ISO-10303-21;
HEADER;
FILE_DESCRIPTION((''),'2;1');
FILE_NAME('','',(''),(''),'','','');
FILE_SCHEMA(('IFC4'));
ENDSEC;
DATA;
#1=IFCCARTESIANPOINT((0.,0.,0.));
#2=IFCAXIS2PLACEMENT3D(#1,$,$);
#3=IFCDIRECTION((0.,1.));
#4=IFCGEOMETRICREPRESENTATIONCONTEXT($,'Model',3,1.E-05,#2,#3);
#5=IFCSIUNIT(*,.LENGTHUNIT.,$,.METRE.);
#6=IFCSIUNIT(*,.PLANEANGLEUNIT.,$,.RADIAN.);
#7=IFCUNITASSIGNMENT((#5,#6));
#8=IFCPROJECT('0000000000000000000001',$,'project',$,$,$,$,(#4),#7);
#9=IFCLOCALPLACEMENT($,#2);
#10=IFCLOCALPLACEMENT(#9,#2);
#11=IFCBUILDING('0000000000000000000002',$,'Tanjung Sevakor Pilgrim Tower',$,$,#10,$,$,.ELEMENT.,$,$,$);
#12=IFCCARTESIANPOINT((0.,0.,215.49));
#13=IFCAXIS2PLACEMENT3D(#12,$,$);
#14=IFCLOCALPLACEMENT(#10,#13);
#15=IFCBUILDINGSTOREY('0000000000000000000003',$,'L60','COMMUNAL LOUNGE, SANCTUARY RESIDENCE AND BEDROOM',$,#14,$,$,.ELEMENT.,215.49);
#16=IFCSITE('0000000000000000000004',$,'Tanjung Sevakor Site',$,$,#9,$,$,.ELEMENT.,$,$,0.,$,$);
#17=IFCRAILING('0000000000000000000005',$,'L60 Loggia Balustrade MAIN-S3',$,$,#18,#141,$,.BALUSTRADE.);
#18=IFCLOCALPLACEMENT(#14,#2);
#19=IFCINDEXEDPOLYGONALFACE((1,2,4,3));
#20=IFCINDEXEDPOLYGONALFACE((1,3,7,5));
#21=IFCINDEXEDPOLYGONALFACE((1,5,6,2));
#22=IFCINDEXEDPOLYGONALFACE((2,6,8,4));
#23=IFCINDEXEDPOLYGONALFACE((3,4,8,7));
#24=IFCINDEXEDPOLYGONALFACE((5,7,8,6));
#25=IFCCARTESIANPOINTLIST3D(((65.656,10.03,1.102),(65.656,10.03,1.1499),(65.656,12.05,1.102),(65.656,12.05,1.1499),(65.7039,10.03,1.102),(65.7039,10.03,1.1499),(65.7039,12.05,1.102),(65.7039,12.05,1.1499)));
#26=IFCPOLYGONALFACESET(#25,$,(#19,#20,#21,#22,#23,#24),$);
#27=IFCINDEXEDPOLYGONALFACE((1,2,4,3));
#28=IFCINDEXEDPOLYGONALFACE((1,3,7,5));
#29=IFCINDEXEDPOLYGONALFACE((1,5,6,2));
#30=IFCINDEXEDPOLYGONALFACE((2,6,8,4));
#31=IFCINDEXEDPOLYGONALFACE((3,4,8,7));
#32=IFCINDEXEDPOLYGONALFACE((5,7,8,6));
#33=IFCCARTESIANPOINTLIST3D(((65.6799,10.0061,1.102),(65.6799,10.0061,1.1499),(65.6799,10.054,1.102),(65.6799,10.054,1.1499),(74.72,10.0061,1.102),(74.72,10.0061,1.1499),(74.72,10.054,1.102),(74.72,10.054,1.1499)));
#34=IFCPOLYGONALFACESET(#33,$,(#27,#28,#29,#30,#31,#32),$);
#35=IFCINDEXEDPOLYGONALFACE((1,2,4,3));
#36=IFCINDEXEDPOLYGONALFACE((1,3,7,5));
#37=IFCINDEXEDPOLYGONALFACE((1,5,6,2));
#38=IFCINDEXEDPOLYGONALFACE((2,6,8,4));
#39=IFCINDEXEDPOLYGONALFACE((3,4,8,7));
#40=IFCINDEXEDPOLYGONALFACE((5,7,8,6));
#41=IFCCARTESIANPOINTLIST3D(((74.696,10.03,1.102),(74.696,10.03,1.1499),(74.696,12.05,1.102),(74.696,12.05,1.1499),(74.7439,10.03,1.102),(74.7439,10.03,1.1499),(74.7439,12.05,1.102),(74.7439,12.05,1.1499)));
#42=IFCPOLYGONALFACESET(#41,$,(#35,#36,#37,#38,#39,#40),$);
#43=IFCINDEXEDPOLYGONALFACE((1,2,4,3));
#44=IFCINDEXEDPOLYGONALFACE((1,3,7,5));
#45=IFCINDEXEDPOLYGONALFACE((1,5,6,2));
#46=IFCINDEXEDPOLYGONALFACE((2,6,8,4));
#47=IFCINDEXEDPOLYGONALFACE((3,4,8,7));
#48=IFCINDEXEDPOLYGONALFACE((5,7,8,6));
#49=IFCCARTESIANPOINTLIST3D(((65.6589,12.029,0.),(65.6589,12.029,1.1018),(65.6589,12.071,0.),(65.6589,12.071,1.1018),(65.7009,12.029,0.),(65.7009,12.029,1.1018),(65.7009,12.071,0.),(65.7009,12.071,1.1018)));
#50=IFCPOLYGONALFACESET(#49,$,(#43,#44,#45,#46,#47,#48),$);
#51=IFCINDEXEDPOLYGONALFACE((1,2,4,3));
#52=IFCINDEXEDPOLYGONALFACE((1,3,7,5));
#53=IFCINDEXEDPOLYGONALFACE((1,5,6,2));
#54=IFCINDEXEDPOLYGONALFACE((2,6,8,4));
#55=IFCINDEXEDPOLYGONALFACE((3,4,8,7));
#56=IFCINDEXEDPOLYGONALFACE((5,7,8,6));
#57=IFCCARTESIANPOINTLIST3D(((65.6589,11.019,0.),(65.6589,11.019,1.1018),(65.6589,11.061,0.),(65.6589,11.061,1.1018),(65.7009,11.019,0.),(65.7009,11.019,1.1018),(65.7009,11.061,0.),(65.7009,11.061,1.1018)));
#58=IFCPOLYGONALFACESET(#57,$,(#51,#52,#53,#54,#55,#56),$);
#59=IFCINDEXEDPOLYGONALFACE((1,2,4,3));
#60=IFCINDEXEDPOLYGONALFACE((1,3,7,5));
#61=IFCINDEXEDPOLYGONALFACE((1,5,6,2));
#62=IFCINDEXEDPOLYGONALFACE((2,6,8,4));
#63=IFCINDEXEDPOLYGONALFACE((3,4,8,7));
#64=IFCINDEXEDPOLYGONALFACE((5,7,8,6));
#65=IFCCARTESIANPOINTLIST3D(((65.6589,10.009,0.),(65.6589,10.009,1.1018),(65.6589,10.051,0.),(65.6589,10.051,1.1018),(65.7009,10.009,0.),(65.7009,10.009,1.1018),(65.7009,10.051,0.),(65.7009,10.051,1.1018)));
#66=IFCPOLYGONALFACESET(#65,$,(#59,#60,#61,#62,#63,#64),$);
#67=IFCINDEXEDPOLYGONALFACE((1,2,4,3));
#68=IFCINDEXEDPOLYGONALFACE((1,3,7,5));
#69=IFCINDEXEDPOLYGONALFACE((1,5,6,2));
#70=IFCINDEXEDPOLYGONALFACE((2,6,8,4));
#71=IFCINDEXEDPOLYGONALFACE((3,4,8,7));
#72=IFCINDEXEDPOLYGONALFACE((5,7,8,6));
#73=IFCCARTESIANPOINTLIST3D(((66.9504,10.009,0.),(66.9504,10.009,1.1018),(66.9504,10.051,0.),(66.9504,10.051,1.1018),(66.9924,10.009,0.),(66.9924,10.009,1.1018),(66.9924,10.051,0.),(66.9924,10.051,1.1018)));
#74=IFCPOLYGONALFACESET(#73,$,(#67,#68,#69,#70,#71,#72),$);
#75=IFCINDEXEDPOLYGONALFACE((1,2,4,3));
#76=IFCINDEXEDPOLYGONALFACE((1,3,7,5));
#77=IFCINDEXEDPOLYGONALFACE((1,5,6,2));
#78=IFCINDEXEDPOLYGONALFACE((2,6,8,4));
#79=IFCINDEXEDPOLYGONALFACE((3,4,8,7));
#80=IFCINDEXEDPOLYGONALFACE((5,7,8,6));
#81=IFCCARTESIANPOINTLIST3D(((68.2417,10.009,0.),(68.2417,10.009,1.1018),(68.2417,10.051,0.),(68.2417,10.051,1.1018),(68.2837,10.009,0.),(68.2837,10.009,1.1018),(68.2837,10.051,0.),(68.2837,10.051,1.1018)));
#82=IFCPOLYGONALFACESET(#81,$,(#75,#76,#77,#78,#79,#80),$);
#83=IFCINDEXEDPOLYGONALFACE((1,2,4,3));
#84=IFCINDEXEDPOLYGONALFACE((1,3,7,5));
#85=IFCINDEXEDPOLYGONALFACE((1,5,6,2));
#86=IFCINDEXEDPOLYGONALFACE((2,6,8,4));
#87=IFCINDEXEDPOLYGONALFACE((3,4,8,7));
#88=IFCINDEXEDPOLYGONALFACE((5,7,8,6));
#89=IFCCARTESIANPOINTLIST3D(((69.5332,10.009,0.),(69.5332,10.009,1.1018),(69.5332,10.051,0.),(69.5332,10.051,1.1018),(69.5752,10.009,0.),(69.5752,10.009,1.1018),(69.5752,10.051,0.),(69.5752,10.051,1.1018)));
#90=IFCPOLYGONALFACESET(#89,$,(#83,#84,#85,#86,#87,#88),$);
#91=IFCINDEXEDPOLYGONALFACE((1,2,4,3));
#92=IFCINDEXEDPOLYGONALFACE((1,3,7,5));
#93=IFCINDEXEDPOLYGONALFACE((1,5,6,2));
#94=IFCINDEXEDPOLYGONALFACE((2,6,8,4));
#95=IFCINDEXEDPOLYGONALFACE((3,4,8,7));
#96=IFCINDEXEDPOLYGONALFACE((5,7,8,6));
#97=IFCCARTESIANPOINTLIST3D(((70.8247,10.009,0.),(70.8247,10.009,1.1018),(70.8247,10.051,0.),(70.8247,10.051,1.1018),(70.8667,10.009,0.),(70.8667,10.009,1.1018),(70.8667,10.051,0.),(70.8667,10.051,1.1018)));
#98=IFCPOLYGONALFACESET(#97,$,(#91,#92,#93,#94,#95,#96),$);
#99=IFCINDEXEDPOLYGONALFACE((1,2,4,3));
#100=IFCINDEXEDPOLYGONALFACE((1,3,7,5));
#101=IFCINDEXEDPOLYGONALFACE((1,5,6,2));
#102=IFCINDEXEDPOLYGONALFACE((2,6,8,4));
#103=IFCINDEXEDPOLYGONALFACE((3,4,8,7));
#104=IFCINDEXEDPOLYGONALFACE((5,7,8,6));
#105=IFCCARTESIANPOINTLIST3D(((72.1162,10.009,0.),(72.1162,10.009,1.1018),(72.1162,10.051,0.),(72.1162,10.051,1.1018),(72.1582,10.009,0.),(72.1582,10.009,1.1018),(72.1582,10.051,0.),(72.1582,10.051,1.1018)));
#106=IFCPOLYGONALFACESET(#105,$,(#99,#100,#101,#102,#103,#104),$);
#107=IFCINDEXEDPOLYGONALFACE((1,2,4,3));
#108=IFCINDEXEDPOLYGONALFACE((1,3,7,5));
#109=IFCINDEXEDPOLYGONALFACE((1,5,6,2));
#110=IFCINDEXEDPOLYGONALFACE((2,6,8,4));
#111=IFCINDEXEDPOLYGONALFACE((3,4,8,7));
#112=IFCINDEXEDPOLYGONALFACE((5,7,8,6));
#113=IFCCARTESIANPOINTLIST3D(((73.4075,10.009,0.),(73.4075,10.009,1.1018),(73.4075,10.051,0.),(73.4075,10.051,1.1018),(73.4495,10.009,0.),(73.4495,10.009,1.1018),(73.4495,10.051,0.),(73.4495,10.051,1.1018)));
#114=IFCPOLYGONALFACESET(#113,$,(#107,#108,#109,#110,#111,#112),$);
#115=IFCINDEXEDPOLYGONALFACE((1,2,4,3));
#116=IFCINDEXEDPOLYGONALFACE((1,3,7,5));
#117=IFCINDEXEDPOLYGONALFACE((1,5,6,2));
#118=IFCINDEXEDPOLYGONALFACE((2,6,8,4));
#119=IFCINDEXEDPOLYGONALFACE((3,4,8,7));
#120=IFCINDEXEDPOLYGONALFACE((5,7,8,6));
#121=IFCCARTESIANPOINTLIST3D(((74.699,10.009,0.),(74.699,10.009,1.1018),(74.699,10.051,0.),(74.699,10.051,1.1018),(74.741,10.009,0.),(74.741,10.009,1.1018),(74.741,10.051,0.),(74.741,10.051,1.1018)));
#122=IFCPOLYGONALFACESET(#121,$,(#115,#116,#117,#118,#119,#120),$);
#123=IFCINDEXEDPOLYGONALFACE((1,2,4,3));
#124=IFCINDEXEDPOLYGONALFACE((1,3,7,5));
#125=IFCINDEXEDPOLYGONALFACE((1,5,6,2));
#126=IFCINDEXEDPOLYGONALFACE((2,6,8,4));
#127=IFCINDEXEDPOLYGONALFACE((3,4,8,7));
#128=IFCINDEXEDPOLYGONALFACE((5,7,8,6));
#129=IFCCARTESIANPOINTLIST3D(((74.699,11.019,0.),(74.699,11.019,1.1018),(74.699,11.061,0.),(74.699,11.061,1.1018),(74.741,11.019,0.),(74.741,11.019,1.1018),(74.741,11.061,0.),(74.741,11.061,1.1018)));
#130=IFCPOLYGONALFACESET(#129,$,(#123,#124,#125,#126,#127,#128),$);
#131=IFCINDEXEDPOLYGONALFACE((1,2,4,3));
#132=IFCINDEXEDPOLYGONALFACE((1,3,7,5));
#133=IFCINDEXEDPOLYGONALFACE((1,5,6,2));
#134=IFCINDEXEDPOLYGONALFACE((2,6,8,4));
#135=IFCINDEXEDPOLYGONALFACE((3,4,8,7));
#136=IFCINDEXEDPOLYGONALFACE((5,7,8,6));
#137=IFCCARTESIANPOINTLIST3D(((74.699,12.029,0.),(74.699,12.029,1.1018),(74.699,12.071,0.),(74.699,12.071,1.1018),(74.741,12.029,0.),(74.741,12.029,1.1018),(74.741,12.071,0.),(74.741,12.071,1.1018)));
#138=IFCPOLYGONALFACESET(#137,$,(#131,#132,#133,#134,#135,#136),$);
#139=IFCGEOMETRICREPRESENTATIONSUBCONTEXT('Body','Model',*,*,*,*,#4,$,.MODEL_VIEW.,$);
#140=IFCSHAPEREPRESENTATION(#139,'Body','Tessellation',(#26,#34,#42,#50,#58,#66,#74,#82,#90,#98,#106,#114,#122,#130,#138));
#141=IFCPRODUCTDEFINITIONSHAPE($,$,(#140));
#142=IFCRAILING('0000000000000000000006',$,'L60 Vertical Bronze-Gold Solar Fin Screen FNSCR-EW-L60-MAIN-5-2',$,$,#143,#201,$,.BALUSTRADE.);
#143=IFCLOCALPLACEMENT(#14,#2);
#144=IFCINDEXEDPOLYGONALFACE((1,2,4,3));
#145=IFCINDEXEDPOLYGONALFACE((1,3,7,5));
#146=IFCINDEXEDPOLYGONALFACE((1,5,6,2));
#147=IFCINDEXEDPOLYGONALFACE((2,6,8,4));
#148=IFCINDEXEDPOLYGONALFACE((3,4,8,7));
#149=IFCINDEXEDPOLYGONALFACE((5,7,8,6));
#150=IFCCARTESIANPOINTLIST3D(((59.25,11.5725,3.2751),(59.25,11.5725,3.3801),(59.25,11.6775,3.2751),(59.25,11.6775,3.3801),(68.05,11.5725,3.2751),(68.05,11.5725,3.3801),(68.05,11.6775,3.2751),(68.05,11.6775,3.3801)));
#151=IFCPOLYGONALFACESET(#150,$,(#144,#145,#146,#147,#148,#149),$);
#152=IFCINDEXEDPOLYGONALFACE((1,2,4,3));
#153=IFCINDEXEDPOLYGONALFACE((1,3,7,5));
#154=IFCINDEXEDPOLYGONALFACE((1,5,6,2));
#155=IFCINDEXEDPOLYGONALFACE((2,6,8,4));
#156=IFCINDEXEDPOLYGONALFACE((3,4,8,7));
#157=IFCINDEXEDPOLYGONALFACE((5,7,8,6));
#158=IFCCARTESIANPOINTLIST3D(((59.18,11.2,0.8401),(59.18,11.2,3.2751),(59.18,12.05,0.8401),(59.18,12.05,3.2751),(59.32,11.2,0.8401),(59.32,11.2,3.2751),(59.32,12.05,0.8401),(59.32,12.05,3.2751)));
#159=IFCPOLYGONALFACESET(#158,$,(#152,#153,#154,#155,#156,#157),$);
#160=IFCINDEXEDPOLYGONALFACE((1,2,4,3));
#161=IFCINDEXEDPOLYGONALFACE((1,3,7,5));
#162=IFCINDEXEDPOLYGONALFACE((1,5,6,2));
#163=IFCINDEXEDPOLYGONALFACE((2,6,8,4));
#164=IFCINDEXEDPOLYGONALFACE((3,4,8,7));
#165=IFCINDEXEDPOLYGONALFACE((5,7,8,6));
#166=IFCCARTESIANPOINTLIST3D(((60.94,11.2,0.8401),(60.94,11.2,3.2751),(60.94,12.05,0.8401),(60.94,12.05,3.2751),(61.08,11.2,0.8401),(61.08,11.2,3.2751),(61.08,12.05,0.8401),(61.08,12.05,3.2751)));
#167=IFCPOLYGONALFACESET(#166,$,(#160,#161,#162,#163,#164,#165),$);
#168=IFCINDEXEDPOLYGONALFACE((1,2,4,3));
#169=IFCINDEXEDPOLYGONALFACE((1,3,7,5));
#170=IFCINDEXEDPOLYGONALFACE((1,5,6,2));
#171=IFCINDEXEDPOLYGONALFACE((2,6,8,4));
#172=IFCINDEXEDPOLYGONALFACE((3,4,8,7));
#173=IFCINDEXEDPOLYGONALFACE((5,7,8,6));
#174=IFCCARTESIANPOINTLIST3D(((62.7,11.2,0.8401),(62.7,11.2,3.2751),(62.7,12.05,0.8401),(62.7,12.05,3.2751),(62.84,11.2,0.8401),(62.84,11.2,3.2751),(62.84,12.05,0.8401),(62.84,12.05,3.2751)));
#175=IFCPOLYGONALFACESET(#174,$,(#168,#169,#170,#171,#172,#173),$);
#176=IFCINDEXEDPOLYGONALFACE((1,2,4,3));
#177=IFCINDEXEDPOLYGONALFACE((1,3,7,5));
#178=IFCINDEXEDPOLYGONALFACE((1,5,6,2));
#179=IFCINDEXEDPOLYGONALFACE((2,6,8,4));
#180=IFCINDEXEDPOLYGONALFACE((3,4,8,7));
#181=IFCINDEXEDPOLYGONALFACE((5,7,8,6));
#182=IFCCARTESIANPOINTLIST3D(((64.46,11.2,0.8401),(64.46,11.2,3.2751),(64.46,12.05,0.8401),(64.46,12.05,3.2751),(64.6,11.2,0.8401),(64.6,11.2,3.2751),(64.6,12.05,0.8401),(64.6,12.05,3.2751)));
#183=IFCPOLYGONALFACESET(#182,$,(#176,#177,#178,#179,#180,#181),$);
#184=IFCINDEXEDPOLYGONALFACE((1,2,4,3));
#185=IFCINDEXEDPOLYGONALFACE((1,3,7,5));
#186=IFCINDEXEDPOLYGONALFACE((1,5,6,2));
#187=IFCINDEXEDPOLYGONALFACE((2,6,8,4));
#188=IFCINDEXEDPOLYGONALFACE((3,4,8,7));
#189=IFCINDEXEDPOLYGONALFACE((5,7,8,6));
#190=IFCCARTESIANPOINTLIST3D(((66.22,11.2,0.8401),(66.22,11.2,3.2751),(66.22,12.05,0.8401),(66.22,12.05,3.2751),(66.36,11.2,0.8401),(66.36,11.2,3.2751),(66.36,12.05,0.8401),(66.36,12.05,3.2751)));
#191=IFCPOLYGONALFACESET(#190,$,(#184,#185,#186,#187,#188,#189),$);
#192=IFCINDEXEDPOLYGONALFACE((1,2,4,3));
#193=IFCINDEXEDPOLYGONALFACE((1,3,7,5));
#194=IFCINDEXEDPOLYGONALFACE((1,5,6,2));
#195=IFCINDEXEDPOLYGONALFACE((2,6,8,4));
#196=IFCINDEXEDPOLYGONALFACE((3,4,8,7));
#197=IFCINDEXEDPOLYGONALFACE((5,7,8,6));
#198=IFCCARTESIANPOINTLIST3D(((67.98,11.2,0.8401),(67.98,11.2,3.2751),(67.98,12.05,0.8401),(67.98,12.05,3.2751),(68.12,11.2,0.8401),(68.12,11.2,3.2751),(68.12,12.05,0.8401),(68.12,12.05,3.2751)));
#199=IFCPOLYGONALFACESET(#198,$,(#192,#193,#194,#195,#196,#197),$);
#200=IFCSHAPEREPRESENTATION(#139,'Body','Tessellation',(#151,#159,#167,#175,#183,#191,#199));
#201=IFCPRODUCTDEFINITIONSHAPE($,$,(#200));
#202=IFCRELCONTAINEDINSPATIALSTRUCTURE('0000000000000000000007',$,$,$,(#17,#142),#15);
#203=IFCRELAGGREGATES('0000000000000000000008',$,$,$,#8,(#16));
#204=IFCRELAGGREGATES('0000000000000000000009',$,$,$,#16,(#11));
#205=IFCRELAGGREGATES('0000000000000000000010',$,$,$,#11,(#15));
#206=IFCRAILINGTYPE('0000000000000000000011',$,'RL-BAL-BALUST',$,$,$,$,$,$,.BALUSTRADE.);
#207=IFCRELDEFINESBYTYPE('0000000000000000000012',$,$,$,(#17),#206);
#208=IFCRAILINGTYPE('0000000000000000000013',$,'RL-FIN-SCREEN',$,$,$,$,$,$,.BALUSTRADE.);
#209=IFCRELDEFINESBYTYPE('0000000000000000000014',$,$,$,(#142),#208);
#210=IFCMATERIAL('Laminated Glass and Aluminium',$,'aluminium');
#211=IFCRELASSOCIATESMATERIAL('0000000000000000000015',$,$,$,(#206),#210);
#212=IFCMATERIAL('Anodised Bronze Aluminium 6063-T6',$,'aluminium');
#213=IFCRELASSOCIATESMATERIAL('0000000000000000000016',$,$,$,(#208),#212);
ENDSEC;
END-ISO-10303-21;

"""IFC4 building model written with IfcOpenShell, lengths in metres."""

from ifc_helpers import new_model, si_unit, direction, frame, origin, place, context, subcontext, project, spatial, rectangle, extrude, material, type_object, element, save


model = new_model("IFC4")

# Units and contexts
model_context = context("Model", 3, precision=1e-05, world=origin(), true_north=direction((0.0, 1.0)))
body_context = subcontext(model_context, "Body", "Model", "MODEL_VIEW")
ifc_project = project(units=[si_unit("LENGTHUNIT", "METRE"), si_unit("PLANEANGLEUNIT", "RADIAN")], contexts=[model_context])

# Site, building, storey
site_placement = place(None, origin())
site = spatial("IfcSite", under=ifc_project, at=site_placement, Name="Tanjung Sevakor Site", CompositionType="ELEMENT", RefElevation=0.0)
building_placement = place(site_placement, origin())
building = spatial("IfcBuilding", under=site, at=building_placement, Name="Tanjung Sevakor Pilgrim Tower", CompositionType="ELEMENT")
storey_placement = place(building_placement, frame((0.0, 0.0, 215.49)))
storey = spatial("IfcBuildingStorey", under=building, at=storey_placement, Name="L60", Description="COMMUNAL LOUNGE, SANCTUARY RESIDENCE AND BEDROOM", CompositionType="ELEMENT", Elevation=215.49)

# Railings
ifc_material_1 = material(Name="Laminated Glass and Aluminium", Category="aluminium")
railing_type_1 = type_object("IfcRailingType", Name="RL-BAL-BALUST", PredefinedType="BALUSTRADE", material=ifc_material_1)
railing_1_placement = place(storey_placement, frame((65.6799, 12.05, 0.0)))
element("IfcRailing", 1, at=railing_1_placement, inside=storey, type_object=railing_type_1, Name="L60 Loggia Balustrade MAIN-S3", PredefinedType="BALUSTRADE", context=body_context, shape_type="SweptSolid", body=[
    extrude(rectangle(XDim=0.0479, YDim=0.0479), frame((0.0, 0.0, 1.126), z_axis=(0.0, -1.0, 0.0), x_axis=(1.0, 0.0, 0.0)), (0.0, 0.0, 1.0), 2.02),
    extrude(rectangle(XDim=0.0479, YDim=0.0479), frame((0.0, -2.02, 1.126), z_axis=(1.0, 0.0, 0.0), x_axis=(0.0, 1.0, 0.0)), (0.0, 0.0, 1.0), 9.04),
    extrude(rectangle(XDim=0.0479, YDim=0.0479), frame((9.04, -2.02, 1.126), z_axis=(0.0, 1.0, 0.0), x_axis=(-1.0, 0.0, 0.0)), (0.0, 0.0, 1.0), 2.02),
    extrude(rectangle(XDim=0.042, YDim=0.042), origin(), (0.0, 0.0, 1.0), 1.1018),
    extrude(rectangle(XDim=0.042, YDim=0.042), frame((0.0, -1.01, 0.0)), (0.0, 0.0, 1.0), 1.1018),
    extrude(rectangle(XDim=0.042, YDim=0.042), frame((0.0, -2.02, 0.0)), (0.0, 0.0, 1.0), 1.1018),
    extrude(rectangle(XDim=0.042, YDim=0.042), frame((1.2915, -2.02, 0.0)), (0.0, 0.0, 1.0), 1.1018),
    extrude(rectangle(XDim=0.042, YDim=0.042), frame((2.5828, -2.02, 0.0)), (0.0, 0.0, 1.0), 1.1018),
    extrude(rectangle(XDim=0.042, YDim=0.042), frame((3.8743, -2.02, 0.0)), (0.0, 0.0, 1.0), 1.1018),
    extrude(rectangle(XDim=0.042, YDim=0.042), frame((5.1658, -2.02, 0.0)), (0.0, 0.0, 1.0), 1.1018),
    extrude(rectangle(XDim=0.042, YDim=0.042), frame((6.4573, -2.02, 0.0)), (0.0, 0.0, 1.0), 1.1018),
    extrude(rectangle(XDim=0.042, YDim=0.042), frame((7.7485, -2.02, 0.0)), (0.0, 0.0, 1.0), 1.1018),
    extrude(rectangle(XDim=0.042, YDim=0.042), frame((9.04, -2.02, 0.0)), (0.0, 0.0, 1.0), 1.1018),
    extrude(rectangle(XDim=0.042, YDim=0.042), frame((9.04, -1.01, 0.0)), (0.0, 0.0, 1.0), 1.1018),
    extrude(rectangle(XDim=0.042, YDim=0.042), frame((9.04, 0.0, 0.0)), (0.0, 0.0, 1.0), 1.1018),
])
ifc_material_2 = material(Name="Anodised Bronze Aluminium 6063-T6", Category="aluminium")
railing_type_2 = type_object("IfcRailingType", Name="RL-FIN-SCREEN", PredefinedType="BALUSTRADE", material=ifc_material_2)
railing_2_placement = place(storey_placement, frame((59.25, 11.625, 0.8401)))
element("IfcRailing", 2, at=railing_2_placement, inside=storey, type_object=railing_type_2, Name="L60 Vertical Bronze-Gold Solar Fin Screen FNSCR-EW-L60-MAIN-5-2", PredefinedType="BALUSTRADE", context=body_context, shape_type="SweptSolid", body=[
    extrude(rectangle(XDim=0.105, YDim=0.105), frame((0.0, 0.0, 2.4875), z_axis=(1.0, 0.0, 0.0), x_axis=(0.0, 1.0, 0.0)), (0.0, 0.0, 1.0), 8.8),
    extrude(rectangle(XDim=0.14, YDim=0.85), origin(), (0.0, 0.0, 1.0), 2.4351),
    extrude(rectangle(XDim=0.14, YDim=0.85), frame((1.76, 0.0, 0.0)), (0.0, 0.0, 1.0), 2.4351),
    extrude(rectangle(XDim=0.14, YDim=0.85), frame((3.52, 0.0, 0.0)), (0.0, 0.0, 1.0), 2.4351),
    extrude(rectangle(XDim=0.14, YDim=0.85), frame((5.28, 0.0, 0.0)), (0.0, 0.0, 1.0), 2.4351),
    extrude(rectangle(XDim=0.14, YDim=0.85), frame((7.04, 0.0, 0.0)), (0.0, 0.0, 1.0), 2.4351),
    extrude(rectangle(XDim=0.14, YDim=0.85), frame((8.8, 0.0, 0.0)), (0.0, 0.0, 1.0), 2.4351),
])

save(model, "model.ifc")
